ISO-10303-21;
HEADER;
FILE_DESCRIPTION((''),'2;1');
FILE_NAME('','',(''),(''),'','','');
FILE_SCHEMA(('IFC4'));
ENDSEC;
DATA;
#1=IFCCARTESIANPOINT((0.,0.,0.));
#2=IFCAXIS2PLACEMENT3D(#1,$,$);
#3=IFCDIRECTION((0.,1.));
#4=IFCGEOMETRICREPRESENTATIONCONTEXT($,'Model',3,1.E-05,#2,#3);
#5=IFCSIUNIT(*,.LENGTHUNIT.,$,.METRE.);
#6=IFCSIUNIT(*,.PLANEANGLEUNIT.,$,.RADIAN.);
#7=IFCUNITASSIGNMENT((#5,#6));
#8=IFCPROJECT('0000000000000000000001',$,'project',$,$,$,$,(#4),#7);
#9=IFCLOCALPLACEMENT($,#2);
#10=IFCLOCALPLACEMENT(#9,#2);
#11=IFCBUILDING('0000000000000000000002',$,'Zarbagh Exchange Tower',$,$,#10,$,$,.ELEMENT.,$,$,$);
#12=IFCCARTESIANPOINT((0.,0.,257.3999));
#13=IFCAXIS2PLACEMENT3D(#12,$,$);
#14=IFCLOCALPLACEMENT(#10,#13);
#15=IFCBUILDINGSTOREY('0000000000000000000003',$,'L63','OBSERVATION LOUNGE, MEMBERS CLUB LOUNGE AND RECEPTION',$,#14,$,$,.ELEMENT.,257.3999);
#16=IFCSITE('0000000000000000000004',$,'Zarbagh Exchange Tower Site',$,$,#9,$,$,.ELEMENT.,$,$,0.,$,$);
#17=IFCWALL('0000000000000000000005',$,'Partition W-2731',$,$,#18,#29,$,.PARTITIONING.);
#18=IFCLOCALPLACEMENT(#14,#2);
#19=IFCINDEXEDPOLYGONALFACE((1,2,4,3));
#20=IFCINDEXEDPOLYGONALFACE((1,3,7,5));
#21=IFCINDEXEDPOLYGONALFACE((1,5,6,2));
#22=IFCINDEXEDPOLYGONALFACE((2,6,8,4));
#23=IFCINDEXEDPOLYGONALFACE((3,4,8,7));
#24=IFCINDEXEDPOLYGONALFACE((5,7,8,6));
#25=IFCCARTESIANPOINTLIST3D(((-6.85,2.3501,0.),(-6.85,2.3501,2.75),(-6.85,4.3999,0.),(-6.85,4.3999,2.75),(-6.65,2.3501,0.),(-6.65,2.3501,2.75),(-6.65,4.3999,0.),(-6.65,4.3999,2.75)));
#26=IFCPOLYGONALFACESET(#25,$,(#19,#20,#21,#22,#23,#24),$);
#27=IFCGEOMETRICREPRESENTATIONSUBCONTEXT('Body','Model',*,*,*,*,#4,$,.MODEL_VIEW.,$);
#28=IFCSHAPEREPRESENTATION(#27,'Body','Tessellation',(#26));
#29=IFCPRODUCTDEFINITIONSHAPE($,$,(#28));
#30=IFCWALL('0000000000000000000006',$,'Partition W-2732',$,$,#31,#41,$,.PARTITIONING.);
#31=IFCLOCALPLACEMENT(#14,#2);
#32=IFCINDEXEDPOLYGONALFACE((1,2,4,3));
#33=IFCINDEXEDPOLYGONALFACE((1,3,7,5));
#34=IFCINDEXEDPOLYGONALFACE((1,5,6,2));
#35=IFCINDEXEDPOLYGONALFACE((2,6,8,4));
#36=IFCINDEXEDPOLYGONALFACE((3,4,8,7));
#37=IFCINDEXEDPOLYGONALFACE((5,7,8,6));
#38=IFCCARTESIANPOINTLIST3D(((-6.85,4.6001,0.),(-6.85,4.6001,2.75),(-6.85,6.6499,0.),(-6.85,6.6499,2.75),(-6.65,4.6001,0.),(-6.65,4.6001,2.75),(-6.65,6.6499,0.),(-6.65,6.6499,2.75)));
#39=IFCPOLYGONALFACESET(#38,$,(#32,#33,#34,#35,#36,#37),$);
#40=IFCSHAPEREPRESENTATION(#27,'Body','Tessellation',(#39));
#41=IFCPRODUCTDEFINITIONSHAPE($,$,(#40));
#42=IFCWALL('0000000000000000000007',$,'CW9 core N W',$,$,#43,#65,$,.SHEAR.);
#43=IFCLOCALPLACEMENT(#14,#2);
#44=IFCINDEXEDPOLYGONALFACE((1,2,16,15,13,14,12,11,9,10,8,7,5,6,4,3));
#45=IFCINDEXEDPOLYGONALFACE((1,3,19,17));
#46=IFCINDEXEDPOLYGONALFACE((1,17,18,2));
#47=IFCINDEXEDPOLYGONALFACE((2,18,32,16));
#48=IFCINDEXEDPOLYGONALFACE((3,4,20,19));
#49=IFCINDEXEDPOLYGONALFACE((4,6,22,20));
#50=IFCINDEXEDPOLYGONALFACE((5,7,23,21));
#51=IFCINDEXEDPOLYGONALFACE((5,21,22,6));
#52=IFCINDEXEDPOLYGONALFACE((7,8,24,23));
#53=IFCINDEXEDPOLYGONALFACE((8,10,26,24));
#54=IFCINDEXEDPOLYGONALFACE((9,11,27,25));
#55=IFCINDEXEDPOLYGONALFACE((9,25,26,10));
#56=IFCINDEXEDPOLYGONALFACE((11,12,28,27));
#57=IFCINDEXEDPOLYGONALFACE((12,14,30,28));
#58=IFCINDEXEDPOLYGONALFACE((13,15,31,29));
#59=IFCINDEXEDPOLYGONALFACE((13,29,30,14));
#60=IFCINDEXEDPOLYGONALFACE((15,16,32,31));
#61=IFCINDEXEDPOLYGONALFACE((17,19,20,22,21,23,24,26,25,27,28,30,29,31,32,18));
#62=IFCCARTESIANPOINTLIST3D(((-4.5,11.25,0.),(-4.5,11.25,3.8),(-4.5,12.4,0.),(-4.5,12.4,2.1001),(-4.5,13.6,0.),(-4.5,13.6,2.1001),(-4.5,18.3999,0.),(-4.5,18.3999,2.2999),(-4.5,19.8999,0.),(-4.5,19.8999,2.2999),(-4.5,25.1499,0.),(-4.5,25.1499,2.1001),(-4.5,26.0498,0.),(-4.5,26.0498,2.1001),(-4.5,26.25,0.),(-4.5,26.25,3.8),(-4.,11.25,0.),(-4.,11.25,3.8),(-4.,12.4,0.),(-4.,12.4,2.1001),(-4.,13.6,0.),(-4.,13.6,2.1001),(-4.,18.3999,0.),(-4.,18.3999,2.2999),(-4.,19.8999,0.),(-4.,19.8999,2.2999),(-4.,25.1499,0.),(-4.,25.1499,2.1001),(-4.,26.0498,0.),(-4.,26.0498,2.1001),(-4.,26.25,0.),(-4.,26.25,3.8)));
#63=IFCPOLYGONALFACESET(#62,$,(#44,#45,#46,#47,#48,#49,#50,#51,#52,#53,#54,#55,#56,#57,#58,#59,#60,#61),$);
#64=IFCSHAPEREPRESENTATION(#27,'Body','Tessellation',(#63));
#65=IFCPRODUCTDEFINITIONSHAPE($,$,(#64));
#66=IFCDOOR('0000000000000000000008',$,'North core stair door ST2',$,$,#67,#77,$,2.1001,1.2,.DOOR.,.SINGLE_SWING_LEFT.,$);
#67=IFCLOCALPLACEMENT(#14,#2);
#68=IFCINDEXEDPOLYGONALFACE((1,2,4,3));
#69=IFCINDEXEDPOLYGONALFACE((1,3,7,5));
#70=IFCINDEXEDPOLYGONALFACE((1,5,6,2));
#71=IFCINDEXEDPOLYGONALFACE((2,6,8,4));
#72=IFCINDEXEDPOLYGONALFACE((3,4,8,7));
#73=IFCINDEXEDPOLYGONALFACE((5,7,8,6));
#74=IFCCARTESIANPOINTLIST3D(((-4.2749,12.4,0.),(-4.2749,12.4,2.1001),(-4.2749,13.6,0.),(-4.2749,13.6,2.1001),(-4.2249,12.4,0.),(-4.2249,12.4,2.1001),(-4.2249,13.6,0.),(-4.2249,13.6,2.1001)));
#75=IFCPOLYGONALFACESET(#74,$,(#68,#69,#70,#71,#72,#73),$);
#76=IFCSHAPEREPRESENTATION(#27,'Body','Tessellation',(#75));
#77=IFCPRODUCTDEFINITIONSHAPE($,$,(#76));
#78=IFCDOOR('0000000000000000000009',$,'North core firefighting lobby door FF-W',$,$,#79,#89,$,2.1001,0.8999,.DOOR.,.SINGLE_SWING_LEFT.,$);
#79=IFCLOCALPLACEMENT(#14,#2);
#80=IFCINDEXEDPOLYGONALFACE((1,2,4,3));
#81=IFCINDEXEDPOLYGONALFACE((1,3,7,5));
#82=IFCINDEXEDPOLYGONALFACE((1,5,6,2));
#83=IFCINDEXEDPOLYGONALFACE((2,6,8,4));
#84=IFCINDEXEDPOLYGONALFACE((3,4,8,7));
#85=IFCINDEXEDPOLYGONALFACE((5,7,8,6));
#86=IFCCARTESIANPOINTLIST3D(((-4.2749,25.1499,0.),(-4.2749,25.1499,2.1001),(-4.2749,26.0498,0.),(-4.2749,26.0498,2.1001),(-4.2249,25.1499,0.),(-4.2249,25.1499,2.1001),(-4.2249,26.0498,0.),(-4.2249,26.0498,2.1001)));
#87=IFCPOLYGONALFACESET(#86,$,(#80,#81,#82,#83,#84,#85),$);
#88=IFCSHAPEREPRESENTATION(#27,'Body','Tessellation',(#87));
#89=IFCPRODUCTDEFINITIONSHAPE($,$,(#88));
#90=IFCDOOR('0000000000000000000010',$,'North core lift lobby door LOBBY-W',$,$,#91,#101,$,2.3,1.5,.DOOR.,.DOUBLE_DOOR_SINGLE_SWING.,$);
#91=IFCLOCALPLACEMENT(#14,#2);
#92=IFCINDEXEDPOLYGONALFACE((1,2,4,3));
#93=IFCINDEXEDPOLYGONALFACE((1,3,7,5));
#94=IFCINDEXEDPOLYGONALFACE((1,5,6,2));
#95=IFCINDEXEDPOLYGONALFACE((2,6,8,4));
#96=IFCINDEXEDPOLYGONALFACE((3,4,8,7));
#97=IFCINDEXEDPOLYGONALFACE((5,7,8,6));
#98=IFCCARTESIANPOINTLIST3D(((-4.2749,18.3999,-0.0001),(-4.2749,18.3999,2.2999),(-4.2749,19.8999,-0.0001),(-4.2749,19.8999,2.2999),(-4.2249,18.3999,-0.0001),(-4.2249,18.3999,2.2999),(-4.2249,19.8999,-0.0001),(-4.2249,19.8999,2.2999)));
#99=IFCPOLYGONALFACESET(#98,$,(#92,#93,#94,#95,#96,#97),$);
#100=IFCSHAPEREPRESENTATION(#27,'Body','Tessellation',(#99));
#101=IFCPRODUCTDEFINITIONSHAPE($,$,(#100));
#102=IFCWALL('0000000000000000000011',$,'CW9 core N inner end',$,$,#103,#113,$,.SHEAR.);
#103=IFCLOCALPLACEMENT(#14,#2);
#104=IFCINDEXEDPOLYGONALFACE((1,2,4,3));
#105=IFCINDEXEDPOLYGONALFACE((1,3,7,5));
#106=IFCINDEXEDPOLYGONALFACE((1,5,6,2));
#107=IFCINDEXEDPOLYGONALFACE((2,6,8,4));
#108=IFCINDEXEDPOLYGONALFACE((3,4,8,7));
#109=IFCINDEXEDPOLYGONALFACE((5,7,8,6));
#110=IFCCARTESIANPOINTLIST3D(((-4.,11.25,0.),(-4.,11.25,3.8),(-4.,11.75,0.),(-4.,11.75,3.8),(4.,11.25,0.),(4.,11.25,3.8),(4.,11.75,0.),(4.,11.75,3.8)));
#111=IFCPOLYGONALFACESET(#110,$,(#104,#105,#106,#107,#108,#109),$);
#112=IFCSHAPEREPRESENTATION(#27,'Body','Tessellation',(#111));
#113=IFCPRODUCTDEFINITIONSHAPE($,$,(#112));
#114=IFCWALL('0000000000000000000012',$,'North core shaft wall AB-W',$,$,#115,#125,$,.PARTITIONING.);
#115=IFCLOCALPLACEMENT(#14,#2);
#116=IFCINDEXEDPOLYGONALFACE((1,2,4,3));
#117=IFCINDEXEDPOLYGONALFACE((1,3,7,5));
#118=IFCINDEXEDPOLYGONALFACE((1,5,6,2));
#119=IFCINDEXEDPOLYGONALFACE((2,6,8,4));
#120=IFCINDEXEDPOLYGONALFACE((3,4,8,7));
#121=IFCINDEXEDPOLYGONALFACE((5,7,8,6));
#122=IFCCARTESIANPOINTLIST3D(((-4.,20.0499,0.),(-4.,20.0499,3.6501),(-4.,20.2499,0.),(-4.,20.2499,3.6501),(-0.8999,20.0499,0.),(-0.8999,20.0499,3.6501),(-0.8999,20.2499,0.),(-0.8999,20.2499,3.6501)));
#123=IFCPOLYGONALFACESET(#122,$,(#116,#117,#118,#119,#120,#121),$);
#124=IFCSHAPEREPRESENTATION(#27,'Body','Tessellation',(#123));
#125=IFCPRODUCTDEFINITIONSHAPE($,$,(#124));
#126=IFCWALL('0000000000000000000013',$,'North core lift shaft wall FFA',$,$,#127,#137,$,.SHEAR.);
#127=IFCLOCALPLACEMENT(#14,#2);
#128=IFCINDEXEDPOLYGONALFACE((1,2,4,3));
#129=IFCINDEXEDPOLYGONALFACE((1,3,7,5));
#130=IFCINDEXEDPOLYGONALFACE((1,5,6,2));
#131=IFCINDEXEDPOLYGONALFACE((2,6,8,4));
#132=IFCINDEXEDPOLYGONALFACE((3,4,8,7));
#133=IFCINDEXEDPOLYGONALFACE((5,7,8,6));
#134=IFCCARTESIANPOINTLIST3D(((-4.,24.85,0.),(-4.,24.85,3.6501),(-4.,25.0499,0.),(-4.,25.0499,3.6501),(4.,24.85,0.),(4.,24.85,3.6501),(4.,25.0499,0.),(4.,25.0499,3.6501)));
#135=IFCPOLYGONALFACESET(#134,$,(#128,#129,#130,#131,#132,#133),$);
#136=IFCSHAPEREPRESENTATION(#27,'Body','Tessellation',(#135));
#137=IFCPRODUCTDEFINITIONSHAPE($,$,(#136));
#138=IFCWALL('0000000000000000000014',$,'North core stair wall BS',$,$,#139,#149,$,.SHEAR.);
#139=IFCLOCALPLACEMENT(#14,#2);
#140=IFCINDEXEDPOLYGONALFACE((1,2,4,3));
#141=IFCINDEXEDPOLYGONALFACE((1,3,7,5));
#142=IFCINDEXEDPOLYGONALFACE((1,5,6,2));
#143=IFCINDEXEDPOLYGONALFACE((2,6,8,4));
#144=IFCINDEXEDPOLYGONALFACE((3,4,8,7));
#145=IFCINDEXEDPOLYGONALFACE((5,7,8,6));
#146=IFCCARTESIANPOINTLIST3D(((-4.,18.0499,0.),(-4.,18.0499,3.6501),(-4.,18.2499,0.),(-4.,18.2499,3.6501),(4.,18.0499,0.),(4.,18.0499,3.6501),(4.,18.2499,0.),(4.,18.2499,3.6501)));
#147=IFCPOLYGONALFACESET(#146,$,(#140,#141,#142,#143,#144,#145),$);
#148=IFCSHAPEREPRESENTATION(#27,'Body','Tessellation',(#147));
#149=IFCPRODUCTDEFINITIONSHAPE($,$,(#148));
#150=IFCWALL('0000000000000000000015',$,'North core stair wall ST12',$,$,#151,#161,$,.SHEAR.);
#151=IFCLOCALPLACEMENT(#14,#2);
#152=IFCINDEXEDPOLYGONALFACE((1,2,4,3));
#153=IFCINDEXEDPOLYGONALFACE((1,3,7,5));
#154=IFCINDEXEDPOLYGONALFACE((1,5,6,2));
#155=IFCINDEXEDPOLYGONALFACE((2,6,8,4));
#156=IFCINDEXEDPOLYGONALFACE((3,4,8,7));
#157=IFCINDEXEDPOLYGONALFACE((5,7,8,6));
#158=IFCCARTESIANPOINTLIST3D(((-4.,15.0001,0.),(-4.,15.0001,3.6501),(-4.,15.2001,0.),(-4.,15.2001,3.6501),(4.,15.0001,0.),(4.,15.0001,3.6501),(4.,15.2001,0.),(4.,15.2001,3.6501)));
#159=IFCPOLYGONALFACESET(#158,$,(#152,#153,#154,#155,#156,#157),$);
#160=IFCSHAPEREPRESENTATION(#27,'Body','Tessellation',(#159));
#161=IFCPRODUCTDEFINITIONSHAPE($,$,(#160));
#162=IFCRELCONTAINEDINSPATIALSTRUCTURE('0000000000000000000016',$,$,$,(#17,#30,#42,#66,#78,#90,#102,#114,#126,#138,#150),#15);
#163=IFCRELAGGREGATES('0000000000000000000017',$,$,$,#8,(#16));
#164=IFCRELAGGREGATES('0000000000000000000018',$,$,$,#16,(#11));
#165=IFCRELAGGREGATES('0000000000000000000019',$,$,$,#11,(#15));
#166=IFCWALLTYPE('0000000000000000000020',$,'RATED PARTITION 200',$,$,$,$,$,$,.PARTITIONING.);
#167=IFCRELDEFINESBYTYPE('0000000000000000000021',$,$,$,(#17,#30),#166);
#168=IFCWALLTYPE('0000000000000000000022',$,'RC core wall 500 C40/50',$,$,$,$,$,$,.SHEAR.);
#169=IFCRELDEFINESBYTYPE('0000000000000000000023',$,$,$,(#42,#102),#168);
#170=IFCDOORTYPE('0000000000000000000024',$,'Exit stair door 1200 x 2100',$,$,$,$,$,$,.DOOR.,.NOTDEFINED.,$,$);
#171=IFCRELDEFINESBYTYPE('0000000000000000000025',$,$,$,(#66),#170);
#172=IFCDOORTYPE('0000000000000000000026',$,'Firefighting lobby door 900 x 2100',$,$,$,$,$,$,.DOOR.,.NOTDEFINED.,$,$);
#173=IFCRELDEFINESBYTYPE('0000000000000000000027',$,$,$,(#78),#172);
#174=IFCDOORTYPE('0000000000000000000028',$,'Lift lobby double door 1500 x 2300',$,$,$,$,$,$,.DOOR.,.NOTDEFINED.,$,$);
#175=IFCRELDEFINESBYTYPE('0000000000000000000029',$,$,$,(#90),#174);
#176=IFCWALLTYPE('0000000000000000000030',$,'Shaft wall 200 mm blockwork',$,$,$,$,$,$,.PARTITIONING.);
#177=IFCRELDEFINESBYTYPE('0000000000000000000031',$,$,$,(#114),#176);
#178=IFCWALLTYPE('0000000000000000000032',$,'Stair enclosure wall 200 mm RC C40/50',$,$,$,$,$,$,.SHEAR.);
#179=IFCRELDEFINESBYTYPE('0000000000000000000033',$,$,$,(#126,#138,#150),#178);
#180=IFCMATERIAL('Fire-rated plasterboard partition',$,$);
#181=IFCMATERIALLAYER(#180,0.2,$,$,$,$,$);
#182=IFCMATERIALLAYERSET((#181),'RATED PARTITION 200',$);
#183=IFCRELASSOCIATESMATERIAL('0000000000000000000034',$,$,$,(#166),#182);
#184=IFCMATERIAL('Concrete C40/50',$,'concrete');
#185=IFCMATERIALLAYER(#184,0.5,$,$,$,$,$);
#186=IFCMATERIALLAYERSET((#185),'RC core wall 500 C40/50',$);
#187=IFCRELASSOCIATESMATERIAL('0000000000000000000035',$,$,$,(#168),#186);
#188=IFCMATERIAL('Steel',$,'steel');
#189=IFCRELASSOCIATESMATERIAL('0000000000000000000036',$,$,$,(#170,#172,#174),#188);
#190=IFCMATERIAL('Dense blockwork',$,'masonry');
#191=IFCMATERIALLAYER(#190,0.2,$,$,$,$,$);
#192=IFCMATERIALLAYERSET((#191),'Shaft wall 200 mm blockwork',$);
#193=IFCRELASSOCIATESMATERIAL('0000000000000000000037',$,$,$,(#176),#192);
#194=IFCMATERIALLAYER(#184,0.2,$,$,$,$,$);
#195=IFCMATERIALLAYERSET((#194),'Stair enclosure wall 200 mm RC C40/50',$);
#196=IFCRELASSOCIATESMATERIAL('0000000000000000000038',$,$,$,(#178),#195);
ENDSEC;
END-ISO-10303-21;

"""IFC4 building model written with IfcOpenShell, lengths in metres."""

from ifc_helpers import new_model, si_unit, direction, frame, frame_2d, origin, place, context, subcontext, project, spatial, rectangle, extrude, material, layer, layer_set, type_object, element, fill, save


model = new_model("IFC4")

# Units and contexts
model_context = context("Model", 3, precision=1e-05, world=origin(), true_north=direction((0.0, 1.0)))
body_context = subcontext(model_context, "Body", "Model", "MODEL_VIEW")
ifc_project = project(units=[si_unit("LENGTHUNIT", "METRE"), si_unit("PLANEANGLEUNIT", "RADIAN")], contexts=[model_context])

# Site, building, storey
site_placement = place(None, origin())
site = spatial("IfcSite", under=ifc_project, at=site_placement, Name="Zarbagh Exchange Tower Site", CompositionType="ELEMENT", RefElevation=0.0)
building_placement = place(site_placement, origin())
building = spatial("IfcBuilding", under=site, at=building_placement, Name="Zarbagh Exchange Tower", CompositionType="ELEMENT")
storey_placement = place(building_placement, frame((0.0, 0.0, 257.3999)))
storey = spatial("IfcBuildingStorey", under=building, at=storey_placement, Name="L63", Description="OBSERVATION LOUNGE, MEMBERS CLUB LOUNGE AND RECEPTION", CompositionType="ELEMENT", Elevation=257.3999)

# Shared definitions
ifc_material_1 = material(Name="Concrete C40/50", Category="concrete")

# Walls
ifc_material_2 = material(Name="Dense blockwork", Category="masonry")
ifc_material_3 = material(Name="Fire-rated plasterboard partition")
ifc_layer_1 = layer(ifc_material_3, 0.2)
ifc_layer_set_1 = layer_set([ifc_layer_1], Name="RATED PARTITION 200")
wall_type_1 = type_object("IfcWallType", Name="RATED PARTITION 200", PredefinedType="PARTITIONING", material=ifc_layer_set_1)
for number, where, z_axis, x_axis, name in (
    (1, (-6.75, 2.3501, 0.0), (0.0, 0.0, 1.0), (0.0, 1.0, 0.0), "Partition W-2731"),
    (2, (-6.75, 4.6001, 0.0), (0.0, 0.0, 1.0), (0.0, 1.0, 0.0), "Partition W-2732"),
):
    element("IfcWall", number, at=place(storey_placement, frame(where, z_axis=z_axis, x_axis=x_axis)), inside=storey, type_object=wall_type_1, Name=name, PredefinedType="PARTITIONING", context=body_context, shape_type="SweptSolid", body=[
        extrude(rectangle(XDim=2.0498, YDim=0.2, at=frame_2d((1.0249, 0.0))), origin(), (0.0, 0.0, 1.0), 2.75),
    ])

# Wall, openings, doors
ifc_layer_2 = layer(ifc_material_1, 0.5)
ifc_layer_set_2 = layer_set([ifc_layer_2], Name="RC core wall 500 C40/50")
wall_type_2 = type_object("IfcWallType", Name="RC core wall 500 C40/50", PredefinedType="SHEAR", material=ifc_layer_set_2)
wall_1_placement = place(storey_placement, frame((-4.25, 11.25, 0.0), z_axis=(0.0, 0.0, 1.0), x_axis=(0.0, 1.0, 0.0)))
wall_1 = element("IfcWall", 3, at=wall_1_placement, inside=storey, type_object=wall_type_2, Name="CW9 core N W", PredefinedType="SHEAR", context=body_context, shape_type="SweptSolid", body=[
    extrude(rectangle(XDim=15.0, YDim=0.5, at=frame_2d((7.5, 0.0))), origin(), (0.0, 0.0, 1.0), 3.8),
])
opening_1_placement = place(wall_1_placement, frame((7.1499, 0.0, 0.0)))
opening_1 = element("IfcOpeningElement", 4, at=opening_1_placement, cuts=wall_1, PredefinedType="OPENING", context=body_context, shape_type="SweptSolid", body=[
    extrude(rectangle(XDim=1.5, YDim=2.3, at=frame_2d((0.75, 1.1499))), frame((0.0, 0.26, 0.0), z_axis=(0.0, -1.0, 0.0), x_axis=(1.0, 0.0, 0.0)), (0.0, 0.0, 1.0), 0.52),
])
opening_2_placement = place(wall_1_placement, frame((13.8999, 0.0, 0.0)))
opening_2 = element("IfcOpeningElement", 5, at=opening_2_placement, cuts=wall_1, PredefinedType="OPENING", context=body_context, shape_type="SweptSolid", body=[
    extrude(rectangle(XDim=0.8999, YDim=2.1001, at=frame_2d((0.45, 1.05))), frame((0.0, 0.26, 0.0), z_axis=(0.0, -1.0, 0.0), x_axis=(1.0, 0.0, 0.0)), (0.0, 0.0, 1.0), 0.52),
])
opening_3_placement = place(wall_1_placement, frame((1.1499, 0.0, 0.0)))
opening_3 = element("IfcOpeningElement", 6, at=opening_3_placement, cuts=wall_1, PredefinedType="OPENING", context=body_context, shape_type="SweptSolid", body=[
    extrude(rectangle(XDim=1.2, YDim=2.1001, at=frame_2d((0.6001, 1.05))), frame((0.0, 0.26, 0.0), z_axis=(0.0, -1.0, 0.0), x_axis=(1.0, 0.0, 0.0)), (0.0, 0.0, 1.0), 0.52),
])
ifc_material_4 = material(Name="Steel", Category="steel")
door_type_1 = type_object("IfcDoorType", Name="Exit stair door 1200 x 2100", OperationType="NOTDEFINED", PredefinedType="DOOR", material=ifc_material_4)
door_1_placement = place(opening_3_placement, origin())
door_1 = element("IfcDoor", 7, at=door_1_placement, inside=storey, type_object=door_type_1, Name="North core stair door ST2", OperationType="SINGLE_SWING_LEFT", OverallHeight=2.1001, OverallWidth=1.2, PredefinedType="DOOR", context=body_context, shape_type="SweptSolid", body=[
    extrude(rectangle(XDim=1.2, YDim=2.1001, at=frame_2d((0.6001, 1.05))), frame((0.0, 0.0249, 0.0), z_axis=(0.0, -1.0, 0.0), x_axis=(1.0, 0.0, 0.0)), (0.0, 0.0, 1.0), 0.05),
])
fill(opening_3, door_1)
door_type_2 = type_object("IfcDoorType", Name="Firefighting lobby door 900 x 2100", OperationType="NOTDEFINED", PredefinedType="DOOR", material=ifc_material_4)
door_2_placement = place(opening_2_placement, origin())
door_2 = element("IfcDoor", 8, at=door_2_placement, inside=storey, type_object=door_type_2, Name="North core firefighting lobby door FF-W", OperationType="SINGLE_SWING_LEFT", OverallHeight=2.1001, OverallWidth=0.8999, PredefinedType="DOOR", context=body_context, shape_type="SweptSolid", body=[
    extrude(rectangle(XDim=0.8999, YDim=2.1001, at=frame_2d((0.45, 1.05))), frame((0.0, 0.0249, 0.0), z_axis=(0.0, -1.0, 0.0), x_axis=(1.0, 0.0, 0.0)), (0.0, 0.0, 1.0), 0.05),
])
fill(opening_2, door_2)
door_type_3 = type_object("IfcDoorType", Name="Lift lobby double door 1500 x 2300", OperationType="NOTDEFINED", PredefinedType="DOOR", material=ifc_material_4)
door_3_placement = place(opening_1_placement, origin())
door_3 = element("IfcDoor", 9, at=door_3_placement, inside=storey, type_object=door_type_3, Name="North core lift lobby door LOBBY-W", OperationType="DOUBLE_DOOR_SINGLE_SWING", OverallHeight=2.3, OverallWidth=1.5, PredefinedType="DOOR", context=body_context, shape_type="SweptSolid", body=[
    extrude(rectangle(XDim=1.5, YDim=2.3, at=frame_2d((0.75, 1.1499))), frame((0.0, 0.0249, 0.0), z_axis=(0.0, -1.0, 0.0), x_axis=(1.0, 0.0, 0.0)), (0.0, 0.0, 1.0), 0.05),
])
fill(opening_1, door_3)

# Walls
wall_2_placement = place(storey_placement, frame((-4.0, 11.5, 0.0), z_axis=(0.0, 0.0, 1.0), x_axis=(1.0, 0.0, 0.0)))
element("IfcWall", 10, at=wall_2_placement, inside=storey, type_object=wall_type_2, Name="CW9 core N inner end", PredefinedType="SHEAR", context=body_context, shape_type="SweptSolid", body=[
    extrude(rectangle(XDim=8.0, YDim=0.5, at=frame_2d((4.0, 0.0))), origin(), (0.0, 0.0, 1.0), 3.8),
])
ifc_layer_3 = layer(ifc_material_2, 0.2)
ifc_layer_set_3 = layer_set([ifc_layer_3], Name="Shaft wall 200 mm blockwork")
wall_type_3 = type_object("IfcWallType", Name="Shaft wall 200 mm blockwork", PredefinedType="PARTITIONING", material=ifc_layer_set_3)
wall_3_placement = place(storey_placement, frame((-4.0, 20.1499, 0.0), z_axis=(0.0, 0.0, 1.0), x_axis=(1.0, 0.0, 0.0)))
element("IfcWall", 11, at=wall_3_placement, inside=storey, type_object=wall_type_3, Name="North core shaft wall AB-W", PredefinedType="PARTITIONING", context=body_context, shape_type="SweptSolid", body=[
    extrude(rectangle(XDim=3.1001, YDim=0.2, at=frame_2d((1.55, 0.0))), origin(), (0.0, 0.0, 1.0), 3.6501),
])
ifc_layer_4 = layer(ifc_material_1, 0.2)
ifc_layer_set_4 = layer_set([ifc_layer_4], Name="Stair enclosure wall 200 mm RC C40/50")
wall_type_4 = type_object("IfcWallType", Name="Stair enclosure wall 200 mm RC C40/50", PredefinedType="SHEAR", material=ifc_layer_set_4)
for number, where, z_axis, x_axis, name in (
    (12, (-4.0, 24.95, 0.0), (0.0, 0.0, 1.0), (1.0, 0.0, 0.0), "North core lift shaft wall FFA"),
    (13, (-4.0, 18.1499, 0.0), (0.0, 0.0, 1.0), (1.0, 0.0, 0.0), "North core stair wall BS"),
    (14, (-4.0, 15.1001, 0.0), (0.0, 0.0, 1.0), (1.0, 0.0, 0.0), "North core stair wall ST12"),
):
    element("IfcWall", number, at=place(storey_placement, frame(where, z_axis=z_axis, x_axis=x_axis)), inside=storey, type_object=wall_type_4, Name=name, PredefinedType="SHEAR", context=body_context, shape_type="SweptSolid", body=[
        extrude(rectangle(XDim=8.0, YDim=0.2, at=frame_2d((4.0, 0.0))), origin(), (0.0, 0.0, 1.0), 3.6501),
    ])

save(model, "model.ifc")
